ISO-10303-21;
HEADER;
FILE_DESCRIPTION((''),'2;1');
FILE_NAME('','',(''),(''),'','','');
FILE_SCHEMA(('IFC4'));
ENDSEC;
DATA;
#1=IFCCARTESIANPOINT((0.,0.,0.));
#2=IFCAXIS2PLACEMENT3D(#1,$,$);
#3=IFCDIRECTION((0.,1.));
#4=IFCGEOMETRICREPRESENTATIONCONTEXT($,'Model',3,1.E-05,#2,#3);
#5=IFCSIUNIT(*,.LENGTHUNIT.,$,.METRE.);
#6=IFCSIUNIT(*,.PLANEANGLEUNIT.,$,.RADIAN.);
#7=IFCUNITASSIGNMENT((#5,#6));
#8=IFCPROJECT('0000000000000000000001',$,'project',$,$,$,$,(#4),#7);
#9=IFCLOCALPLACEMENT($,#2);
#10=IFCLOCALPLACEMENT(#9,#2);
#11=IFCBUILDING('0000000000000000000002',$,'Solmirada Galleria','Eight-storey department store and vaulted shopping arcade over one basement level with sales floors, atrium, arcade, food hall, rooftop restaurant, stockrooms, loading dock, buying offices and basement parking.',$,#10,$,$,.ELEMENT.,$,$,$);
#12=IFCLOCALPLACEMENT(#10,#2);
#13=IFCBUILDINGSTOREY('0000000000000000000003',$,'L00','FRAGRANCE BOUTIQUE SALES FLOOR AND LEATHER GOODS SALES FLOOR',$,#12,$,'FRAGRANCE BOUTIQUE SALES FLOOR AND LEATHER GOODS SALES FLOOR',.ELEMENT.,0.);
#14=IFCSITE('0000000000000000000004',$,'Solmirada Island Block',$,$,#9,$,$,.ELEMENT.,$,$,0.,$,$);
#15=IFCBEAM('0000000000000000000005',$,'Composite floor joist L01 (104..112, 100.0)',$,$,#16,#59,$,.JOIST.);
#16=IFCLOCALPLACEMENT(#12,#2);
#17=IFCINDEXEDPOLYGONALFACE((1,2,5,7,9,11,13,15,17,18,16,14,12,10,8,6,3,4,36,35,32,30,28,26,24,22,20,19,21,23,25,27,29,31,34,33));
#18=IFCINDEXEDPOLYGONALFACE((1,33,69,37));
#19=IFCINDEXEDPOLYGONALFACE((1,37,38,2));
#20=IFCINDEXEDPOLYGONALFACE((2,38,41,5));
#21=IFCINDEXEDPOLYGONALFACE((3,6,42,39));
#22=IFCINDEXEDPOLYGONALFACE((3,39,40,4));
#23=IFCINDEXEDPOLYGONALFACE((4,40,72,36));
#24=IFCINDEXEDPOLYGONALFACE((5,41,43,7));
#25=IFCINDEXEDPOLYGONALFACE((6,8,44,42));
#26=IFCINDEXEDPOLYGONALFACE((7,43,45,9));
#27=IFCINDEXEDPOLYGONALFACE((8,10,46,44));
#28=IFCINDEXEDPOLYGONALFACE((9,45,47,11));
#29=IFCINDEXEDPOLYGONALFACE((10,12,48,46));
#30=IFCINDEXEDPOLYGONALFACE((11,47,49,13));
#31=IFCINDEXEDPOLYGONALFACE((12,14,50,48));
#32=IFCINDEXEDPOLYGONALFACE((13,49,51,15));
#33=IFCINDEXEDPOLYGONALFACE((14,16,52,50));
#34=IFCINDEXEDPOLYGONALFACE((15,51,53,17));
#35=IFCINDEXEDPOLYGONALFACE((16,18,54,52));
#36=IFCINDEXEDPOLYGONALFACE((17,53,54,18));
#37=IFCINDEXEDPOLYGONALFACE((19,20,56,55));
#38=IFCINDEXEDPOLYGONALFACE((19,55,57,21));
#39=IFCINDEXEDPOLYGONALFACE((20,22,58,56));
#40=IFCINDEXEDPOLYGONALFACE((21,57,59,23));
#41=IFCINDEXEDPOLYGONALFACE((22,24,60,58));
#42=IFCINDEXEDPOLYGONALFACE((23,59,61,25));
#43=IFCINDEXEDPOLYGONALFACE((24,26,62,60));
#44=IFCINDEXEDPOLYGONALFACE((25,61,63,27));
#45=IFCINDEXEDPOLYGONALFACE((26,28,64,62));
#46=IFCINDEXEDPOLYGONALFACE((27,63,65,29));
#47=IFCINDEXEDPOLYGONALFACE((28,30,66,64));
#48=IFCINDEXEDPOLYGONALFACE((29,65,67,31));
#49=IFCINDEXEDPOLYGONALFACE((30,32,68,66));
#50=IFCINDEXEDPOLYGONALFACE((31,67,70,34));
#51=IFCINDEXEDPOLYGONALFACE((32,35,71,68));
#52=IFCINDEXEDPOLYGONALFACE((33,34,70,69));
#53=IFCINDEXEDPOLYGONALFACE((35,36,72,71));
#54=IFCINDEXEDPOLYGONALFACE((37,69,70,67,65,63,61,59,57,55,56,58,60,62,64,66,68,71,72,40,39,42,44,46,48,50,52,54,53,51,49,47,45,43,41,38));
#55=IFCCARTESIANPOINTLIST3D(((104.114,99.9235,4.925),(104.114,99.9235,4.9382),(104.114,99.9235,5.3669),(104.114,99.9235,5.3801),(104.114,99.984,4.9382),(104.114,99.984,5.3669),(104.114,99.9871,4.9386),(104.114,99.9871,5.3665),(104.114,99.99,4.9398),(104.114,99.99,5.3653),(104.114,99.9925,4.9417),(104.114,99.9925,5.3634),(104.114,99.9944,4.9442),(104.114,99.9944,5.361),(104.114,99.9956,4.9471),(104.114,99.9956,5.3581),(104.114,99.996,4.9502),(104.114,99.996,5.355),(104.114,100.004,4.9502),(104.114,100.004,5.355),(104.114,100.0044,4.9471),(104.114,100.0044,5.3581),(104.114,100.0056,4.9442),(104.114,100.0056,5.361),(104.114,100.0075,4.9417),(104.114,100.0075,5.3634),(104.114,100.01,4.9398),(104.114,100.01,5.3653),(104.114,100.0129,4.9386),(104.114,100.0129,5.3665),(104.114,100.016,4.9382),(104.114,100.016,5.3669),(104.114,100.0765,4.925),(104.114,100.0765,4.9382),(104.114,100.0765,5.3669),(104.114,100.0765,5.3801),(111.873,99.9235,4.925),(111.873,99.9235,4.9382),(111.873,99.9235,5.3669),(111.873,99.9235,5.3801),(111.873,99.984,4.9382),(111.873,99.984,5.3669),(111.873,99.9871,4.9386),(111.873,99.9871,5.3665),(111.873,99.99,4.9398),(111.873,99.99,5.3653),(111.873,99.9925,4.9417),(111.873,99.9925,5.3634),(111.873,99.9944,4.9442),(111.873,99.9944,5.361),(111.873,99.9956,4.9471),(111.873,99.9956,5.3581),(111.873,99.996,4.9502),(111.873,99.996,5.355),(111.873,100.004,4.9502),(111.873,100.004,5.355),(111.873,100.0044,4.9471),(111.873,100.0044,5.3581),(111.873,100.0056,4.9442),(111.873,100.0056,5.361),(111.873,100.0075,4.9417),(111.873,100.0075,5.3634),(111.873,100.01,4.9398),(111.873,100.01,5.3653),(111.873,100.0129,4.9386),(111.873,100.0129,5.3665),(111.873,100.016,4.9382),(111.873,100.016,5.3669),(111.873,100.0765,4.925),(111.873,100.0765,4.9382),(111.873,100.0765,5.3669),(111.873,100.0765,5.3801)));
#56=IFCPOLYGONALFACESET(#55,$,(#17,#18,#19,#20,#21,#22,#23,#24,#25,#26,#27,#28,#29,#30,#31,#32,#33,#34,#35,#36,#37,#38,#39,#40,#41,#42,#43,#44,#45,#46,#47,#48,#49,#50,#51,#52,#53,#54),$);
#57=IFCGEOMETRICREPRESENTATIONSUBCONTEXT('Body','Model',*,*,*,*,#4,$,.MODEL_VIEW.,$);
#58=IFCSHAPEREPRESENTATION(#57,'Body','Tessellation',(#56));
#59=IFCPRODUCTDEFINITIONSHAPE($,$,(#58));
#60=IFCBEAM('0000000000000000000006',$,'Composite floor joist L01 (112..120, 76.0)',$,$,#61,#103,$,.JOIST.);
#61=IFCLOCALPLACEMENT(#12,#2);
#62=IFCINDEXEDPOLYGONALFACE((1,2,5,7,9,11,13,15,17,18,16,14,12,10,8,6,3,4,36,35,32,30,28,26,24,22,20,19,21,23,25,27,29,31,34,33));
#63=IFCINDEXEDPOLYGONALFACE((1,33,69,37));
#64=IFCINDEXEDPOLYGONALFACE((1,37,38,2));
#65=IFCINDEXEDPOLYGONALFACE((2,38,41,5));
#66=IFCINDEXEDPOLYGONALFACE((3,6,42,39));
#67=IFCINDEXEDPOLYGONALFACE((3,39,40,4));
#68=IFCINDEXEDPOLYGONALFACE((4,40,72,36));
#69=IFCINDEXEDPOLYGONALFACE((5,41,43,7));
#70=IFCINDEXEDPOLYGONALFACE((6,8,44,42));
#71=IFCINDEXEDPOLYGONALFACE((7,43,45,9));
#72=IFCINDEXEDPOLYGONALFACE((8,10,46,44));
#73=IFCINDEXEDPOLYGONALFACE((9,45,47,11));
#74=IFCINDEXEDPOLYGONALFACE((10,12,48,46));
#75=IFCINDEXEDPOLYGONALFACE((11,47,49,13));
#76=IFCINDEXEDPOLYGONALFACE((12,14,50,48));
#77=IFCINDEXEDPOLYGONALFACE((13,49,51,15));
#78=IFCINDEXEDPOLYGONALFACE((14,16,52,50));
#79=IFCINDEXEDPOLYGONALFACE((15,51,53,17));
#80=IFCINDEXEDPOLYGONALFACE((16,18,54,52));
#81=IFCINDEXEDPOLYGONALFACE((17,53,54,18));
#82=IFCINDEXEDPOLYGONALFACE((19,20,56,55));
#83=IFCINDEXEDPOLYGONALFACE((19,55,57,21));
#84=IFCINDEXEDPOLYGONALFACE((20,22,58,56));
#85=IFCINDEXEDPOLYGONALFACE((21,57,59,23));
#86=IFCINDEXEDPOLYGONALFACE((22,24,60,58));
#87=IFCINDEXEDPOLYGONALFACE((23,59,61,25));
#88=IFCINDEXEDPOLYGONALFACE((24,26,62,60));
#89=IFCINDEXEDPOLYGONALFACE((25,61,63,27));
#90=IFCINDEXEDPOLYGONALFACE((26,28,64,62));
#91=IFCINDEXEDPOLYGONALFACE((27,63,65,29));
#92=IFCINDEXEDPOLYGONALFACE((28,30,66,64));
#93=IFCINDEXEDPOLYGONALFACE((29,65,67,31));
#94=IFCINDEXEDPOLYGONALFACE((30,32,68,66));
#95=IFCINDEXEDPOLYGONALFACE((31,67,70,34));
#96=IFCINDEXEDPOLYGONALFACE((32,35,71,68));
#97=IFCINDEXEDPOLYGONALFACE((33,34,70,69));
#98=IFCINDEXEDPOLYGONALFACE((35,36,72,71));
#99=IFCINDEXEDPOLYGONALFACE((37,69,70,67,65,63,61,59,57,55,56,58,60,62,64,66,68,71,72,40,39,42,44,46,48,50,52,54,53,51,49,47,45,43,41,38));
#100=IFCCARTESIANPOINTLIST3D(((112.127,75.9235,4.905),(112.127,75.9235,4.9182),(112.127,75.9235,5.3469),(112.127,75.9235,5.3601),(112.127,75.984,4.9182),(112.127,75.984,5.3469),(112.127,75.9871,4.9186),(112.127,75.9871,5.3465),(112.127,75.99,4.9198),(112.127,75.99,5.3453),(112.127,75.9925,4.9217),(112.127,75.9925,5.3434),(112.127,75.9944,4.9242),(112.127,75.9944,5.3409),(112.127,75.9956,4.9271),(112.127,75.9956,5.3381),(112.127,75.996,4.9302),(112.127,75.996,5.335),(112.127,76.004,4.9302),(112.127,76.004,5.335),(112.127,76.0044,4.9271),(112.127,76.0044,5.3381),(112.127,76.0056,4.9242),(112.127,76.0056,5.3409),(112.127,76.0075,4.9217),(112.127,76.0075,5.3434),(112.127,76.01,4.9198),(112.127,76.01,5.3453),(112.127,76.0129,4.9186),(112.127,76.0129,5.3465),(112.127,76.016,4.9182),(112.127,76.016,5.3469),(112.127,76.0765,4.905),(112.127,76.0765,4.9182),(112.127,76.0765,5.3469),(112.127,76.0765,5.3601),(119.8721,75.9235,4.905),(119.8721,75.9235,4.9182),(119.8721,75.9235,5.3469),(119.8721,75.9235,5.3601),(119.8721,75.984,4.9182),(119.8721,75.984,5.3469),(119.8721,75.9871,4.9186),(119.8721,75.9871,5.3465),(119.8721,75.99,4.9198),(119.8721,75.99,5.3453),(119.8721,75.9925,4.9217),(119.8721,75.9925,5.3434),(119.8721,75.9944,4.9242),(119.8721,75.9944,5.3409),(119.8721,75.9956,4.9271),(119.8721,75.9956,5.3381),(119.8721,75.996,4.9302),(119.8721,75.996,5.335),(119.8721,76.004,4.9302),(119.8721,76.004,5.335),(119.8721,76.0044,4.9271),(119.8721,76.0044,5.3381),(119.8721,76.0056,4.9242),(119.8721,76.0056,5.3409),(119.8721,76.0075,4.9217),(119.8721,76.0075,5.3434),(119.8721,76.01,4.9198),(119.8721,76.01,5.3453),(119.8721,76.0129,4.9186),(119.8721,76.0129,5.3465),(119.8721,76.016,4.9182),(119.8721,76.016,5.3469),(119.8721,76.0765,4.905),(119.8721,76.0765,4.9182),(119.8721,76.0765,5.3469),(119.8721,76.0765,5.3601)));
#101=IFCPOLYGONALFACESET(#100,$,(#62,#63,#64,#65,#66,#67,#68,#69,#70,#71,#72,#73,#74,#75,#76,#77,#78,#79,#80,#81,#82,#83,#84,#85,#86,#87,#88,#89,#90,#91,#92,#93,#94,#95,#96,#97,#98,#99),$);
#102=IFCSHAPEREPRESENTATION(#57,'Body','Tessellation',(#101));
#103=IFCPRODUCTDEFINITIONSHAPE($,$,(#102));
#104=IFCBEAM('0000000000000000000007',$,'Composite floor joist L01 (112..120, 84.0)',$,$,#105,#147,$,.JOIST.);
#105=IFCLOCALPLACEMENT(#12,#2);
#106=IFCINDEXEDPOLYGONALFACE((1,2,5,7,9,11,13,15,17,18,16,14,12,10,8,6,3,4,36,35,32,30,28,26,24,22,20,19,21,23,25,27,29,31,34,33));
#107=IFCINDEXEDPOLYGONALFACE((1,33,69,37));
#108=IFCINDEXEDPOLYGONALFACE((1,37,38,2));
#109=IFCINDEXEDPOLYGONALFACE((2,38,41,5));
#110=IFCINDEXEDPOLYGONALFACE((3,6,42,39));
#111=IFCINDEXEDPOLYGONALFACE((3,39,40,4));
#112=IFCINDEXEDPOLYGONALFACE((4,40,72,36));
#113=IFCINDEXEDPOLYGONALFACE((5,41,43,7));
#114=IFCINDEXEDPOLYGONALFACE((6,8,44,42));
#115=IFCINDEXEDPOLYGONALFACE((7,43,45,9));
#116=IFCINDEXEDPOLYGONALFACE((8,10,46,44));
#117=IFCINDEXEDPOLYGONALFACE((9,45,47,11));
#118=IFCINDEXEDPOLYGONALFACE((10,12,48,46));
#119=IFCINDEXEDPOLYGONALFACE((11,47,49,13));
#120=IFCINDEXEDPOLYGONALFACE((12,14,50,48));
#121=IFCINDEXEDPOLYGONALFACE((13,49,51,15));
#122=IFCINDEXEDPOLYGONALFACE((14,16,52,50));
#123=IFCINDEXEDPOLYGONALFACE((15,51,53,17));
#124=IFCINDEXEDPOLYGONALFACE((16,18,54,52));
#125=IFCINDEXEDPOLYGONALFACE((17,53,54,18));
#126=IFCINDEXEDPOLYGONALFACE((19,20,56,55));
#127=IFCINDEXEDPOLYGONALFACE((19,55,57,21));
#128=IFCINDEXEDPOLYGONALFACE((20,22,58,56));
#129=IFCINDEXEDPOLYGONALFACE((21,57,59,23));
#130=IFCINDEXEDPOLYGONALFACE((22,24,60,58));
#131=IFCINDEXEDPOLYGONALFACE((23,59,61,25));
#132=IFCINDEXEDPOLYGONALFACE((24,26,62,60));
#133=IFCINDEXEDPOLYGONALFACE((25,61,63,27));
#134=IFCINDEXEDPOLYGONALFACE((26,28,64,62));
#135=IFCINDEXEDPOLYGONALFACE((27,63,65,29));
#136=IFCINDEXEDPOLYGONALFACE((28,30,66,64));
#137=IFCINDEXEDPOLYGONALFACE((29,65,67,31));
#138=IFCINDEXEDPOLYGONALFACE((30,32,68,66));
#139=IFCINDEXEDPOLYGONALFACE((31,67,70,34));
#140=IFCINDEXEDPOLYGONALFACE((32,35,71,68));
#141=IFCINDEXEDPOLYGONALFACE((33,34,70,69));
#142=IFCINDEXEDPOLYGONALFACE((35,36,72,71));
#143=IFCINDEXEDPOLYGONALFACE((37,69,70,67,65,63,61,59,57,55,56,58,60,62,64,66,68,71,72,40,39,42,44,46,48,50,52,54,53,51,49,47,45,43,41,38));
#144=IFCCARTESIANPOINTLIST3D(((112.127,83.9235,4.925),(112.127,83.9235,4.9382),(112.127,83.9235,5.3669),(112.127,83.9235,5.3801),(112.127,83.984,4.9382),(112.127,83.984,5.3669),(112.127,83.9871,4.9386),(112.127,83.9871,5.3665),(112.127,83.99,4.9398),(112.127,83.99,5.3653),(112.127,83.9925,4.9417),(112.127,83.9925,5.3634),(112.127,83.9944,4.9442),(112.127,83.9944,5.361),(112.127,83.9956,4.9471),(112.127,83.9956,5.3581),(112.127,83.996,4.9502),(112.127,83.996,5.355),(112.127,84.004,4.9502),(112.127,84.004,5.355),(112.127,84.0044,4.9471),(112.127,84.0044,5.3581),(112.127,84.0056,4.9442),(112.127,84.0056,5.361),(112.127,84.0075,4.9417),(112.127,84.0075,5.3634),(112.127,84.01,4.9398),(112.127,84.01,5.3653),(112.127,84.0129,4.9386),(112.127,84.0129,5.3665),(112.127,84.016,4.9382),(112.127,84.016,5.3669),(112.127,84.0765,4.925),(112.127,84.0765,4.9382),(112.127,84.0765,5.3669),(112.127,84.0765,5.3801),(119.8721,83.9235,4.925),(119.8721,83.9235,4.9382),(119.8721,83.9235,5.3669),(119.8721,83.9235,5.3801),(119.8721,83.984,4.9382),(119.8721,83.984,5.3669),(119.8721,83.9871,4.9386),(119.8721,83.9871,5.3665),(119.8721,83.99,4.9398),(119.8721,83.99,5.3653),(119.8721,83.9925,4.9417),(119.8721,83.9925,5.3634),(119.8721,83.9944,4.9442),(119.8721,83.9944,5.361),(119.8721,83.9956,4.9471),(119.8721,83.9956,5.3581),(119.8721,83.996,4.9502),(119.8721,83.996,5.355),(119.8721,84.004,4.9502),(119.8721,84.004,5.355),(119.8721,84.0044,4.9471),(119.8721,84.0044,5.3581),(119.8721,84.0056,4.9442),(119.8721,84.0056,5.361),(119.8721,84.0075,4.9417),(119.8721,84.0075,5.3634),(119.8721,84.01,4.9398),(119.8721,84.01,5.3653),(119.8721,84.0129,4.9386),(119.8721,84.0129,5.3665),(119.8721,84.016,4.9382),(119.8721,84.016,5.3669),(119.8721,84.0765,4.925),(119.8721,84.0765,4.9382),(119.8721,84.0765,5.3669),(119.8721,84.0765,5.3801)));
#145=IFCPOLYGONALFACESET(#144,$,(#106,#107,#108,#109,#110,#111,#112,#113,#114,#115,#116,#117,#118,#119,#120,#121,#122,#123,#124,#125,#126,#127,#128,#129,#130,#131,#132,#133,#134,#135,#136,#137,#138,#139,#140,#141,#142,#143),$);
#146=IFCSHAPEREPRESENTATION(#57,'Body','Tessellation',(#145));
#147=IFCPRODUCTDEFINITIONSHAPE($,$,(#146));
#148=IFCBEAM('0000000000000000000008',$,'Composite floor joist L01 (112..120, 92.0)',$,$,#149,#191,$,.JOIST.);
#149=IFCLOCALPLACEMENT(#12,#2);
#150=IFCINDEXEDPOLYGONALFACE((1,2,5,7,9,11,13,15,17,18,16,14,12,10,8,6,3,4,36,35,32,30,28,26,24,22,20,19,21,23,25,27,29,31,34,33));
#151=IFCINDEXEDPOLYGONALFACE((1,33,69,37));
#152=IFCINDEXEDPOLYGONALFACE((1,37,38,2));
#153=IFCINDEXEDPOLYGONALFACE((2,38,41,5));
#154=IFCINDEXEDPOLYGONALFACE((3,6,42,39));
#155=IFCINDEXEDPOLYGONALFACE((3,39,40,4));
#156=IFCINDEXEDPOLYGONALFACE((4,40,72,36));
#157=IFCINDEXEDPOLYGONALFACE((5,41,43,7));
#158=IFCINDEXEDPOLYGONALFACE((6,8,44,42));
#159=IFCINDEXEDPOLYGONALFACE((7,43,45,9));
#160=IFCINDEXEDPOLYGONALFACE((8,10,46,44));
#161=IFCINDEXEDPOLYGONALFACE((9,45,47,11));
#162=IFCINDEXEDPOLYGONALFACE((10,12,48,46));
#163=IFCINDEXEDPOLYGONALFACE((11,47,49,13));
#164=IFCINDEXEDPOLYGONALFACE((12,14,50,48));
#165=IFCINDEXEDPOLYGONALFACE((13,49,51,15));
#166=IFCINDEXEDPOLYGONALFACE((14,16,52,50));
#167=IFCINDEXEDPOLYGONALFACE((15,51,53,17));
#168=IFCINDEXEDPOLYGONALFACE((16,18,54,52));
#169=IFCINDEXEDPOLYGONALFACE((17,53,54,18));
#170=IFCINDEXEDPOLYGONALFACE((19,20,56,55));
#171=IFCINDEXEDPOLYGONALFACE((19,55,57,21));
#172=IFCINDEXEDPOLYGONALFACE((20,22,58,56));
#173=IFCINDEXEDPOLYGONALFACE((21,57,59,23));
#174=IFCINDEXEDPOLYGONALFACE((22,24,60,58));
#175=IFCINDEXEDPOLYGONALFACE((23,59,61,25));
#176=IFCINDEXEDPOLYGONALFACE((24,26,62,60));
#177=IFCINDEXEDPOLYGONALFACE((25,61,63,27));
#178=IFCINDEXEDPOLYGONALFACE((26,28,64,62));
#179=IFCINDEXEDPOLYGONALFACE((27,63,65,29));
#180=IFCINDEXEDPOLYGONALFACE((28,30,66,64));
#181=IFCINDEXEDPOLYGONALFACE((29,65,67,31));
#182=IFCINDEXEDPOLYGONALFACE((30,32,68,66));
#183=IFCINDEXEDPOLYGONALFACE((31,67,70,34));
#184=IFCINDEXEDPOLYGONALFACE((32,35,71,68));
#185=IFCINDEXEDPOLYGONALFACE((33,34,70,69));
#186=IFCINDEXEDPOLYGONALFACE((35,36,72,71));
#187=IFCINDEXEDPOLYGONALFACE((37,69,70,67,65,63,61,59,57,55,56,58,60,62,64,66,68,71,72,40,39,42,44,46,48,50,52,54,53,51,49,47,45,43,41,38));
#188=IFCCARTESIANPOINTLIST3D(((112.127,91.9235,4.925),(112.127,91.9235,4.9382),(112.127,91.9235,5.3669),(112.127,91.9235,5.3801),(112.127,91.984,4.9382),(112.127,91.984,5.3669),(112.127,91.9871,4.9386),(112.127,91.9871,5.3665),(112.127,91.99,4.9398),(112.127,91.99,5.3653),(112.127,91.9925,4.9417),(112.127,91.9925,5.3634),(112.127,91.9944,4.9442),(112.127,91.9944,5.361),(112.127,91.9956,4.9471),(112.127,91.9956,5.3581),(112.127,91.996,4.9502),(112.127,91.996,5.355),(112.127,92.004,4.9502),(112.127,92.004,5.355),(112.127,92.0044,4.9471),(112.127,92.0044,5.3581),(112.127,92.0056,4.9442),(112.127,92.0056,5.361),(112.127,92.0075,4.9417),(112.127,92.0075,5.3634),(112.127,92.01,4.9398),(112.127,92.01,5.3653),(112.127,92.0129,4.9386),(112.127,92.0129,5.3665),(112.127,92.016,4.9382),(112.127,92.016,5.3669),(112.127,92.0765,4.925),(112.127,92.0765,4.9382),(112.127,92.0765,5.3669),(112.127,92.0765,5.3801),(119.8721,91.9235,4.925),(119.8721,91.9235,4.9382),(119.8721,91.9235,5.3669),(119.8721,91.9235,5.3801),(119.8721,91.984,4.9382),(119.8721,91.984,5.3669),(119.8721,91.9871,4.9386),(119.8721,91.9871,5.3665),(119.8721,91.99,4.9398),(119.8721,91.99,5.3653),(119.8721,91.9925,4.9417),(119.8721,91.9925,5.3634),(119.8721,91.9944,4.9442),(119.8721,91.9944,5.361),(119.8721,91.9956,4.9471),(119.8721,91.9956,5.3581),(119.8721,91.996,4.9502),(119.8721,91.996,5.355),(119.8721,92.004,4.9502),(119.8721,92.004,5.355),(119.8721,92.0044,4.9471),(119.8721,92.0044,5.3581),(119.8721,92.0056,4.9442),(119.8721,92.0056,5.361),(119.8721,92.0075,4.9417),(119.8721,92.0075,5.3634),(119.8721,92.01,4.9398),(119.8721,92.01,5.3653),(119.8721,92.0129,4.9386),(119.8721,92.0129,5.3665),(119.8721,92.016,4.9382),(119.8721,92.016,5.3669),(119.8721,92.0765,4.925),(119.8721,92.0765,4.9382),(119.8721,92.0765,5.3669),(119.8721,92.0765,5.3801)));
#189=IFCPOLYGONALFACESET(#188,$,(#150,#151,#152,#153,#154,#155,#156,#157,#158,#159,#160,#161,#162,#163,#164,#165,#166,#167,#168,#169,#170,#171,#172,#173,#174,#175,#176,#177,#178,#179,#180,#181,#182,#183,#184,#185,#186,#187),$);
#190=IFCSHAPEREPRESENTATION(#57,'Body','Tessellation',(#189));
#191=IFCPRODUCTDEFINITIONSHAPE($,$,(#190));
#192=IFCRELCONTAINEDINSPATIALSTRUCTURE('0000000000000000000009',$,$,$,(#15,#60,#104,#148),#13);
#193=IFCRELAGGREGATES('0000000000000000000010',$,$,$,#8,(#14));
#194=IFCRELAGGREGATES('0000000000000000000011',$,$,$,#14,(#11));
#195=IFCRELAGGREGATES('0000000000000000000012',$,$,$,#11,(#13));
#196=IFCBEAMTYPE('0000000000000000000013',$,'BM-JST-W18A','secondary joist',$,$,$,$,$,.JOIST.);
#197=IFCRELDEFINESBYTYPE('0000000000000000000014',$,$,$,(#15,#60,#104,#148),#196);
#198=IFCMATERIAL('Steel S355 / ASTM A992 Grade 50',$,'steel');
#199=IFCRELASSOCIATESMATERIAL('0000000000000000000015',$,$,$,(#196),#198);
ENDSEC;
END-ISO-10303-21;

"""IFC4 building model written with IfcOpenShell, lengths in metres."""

from ifc_helpers import new_model, si_unit, direction, frame, origin, origin_2d, place, context, subcontext, project, spatial, i_section, extrude, material, material_profile, profile_set, type_object, element, save


model = new_model("IFC4")

# Units and contexts
model_context = context("Model", 3, precision=1e-05, world=origin(), true_north=direction((0.0, 1.0)))
body_context = subcontext(model_context, "Body", "Model", "MODEL_VIEW")
ifc_project = project(units=[si_unit("LENGTHUNIT", "METRE"), si_unit("PLANEANGLEUNIT", "RADIAN")], contexts=[model_context])

# Site, building, storey
site_placement = place(None, origin())
site = spatial("IfcSite", under=ifc_project, at=site_placement, Name="Solmirada Island Block", CompositionType="ELEMENT", RefElevation=0.0)
building_placement = place(site_placement, origin())
building = spatial("IfcBuilding", under=site, at=building_placement, Name="Solmirada Galleria", Description="Eight-storey department store and vaulted shopping arcade over one basement level with sales floors, atrium, arcade, food hall, rooftop restaurant, stockrooms, loading dock, buying offices and basement parking.", CompositionType="ELEMENT")
storey_placement = place(building_placement, origin())
storey = spatial("IfcBuildingStorey", under=building, at=storey_placement, Name="L00", Description="FRAGRANCE BOUTIQUE SALES FLOOR AND LEATHER GOODS SALES FLOOR", LongName="FRAGRANCE BOUTIQUE SALES FLOOR AND LEATHER GOODS SALES FLOOR", CompositionType="ELEMENT", Elevation=0.0)

# Beams
ifc_material_1 = material(Name="Steel S355 / ASTM A992 Grade 50", Category="steel")
ifc_material_profile_1 = material_profile(ifc_material_1, i_section(OverallWidth=0.1531, OverallDepth=0.4551, WebThickness=0.0081, FlangeThickness=0.0132, FilletRadius=0.012, at=origin_2d()), Name="W18X40")
ifc_profile_set_1 = profile_set([ifc_material_profile_1], Name="Steel S355 / ASTM A992 Grade 50")
beam_type_1 = type_object("IfcBeamType", Name="BM-JST-W18A", Description="secondary joist", PredefinedType="JOIST", material=ifc_profile_set_1)
beam_1_placement = place(storey_placement, frame((104.114, 100.0, 5.1526), z_axis=(1.0, 0.0, 0.0), x_axis=(0.0, 1.0, 0.0)))
element("IfcBeam", 1, at=beam_1_placement, inside=storey, type_object=beam_type_1, Name="Composite floor joist L01 (104..112, 100.0)", PredefinedType="JOIST", context=body_context, shape_type="SweptSolid", body=[
    extrude(i_section(OverallWidth=0.1531, OverallDepth=0.4551, WebThickness=0.0081, FlangeThickness=0.0132, FilletRadius=0.012, at=origin_2d()), origin(), (0.0, 0.0, 1.0), 7.759),
])
for number, where, z_axis, x_axis, name in (
    (2, (112.127, 76.0, 5.1326), (1.0, 0.0, 0.0), (0.0, 1.0, 0.0), "Composite floor joist L01 (112..120, 76.0)"),
    (3, (112.127, 84.0, 5.1526), (1.0, 0.0, 0.0), (0.0, 1.0, 0.0), "Composite floor joist L01 (112..120, 84.0)"),
    (4, (112.127, 92.0, 5.1526), (1.0, 0.0, 0.0), (0.0, 1.0, 0.0), "Composite floor joist L01 (112..120, 92.0)"),
):
    element("IfcBeam", number, at=place(storey_placement, frame(where, z_axis=z_axis, x_axis=x_axis)), inside=storey, type_object=beam_type_1, Name=name, PredefinedType="JOIST", context=body_context, shape_type="SweptSolid", body=[
        extrude(i_section(OverallWidth=0.1531, OverallDepth=0.4551, WebThickness=0.0081, FlangeThickness=0.0132, FilletRadius=0.012, at=origin_2d()), origin(), (0.0, 0.0, 1.0), 7.7451),
    ])

save(model, "model.ifc")
